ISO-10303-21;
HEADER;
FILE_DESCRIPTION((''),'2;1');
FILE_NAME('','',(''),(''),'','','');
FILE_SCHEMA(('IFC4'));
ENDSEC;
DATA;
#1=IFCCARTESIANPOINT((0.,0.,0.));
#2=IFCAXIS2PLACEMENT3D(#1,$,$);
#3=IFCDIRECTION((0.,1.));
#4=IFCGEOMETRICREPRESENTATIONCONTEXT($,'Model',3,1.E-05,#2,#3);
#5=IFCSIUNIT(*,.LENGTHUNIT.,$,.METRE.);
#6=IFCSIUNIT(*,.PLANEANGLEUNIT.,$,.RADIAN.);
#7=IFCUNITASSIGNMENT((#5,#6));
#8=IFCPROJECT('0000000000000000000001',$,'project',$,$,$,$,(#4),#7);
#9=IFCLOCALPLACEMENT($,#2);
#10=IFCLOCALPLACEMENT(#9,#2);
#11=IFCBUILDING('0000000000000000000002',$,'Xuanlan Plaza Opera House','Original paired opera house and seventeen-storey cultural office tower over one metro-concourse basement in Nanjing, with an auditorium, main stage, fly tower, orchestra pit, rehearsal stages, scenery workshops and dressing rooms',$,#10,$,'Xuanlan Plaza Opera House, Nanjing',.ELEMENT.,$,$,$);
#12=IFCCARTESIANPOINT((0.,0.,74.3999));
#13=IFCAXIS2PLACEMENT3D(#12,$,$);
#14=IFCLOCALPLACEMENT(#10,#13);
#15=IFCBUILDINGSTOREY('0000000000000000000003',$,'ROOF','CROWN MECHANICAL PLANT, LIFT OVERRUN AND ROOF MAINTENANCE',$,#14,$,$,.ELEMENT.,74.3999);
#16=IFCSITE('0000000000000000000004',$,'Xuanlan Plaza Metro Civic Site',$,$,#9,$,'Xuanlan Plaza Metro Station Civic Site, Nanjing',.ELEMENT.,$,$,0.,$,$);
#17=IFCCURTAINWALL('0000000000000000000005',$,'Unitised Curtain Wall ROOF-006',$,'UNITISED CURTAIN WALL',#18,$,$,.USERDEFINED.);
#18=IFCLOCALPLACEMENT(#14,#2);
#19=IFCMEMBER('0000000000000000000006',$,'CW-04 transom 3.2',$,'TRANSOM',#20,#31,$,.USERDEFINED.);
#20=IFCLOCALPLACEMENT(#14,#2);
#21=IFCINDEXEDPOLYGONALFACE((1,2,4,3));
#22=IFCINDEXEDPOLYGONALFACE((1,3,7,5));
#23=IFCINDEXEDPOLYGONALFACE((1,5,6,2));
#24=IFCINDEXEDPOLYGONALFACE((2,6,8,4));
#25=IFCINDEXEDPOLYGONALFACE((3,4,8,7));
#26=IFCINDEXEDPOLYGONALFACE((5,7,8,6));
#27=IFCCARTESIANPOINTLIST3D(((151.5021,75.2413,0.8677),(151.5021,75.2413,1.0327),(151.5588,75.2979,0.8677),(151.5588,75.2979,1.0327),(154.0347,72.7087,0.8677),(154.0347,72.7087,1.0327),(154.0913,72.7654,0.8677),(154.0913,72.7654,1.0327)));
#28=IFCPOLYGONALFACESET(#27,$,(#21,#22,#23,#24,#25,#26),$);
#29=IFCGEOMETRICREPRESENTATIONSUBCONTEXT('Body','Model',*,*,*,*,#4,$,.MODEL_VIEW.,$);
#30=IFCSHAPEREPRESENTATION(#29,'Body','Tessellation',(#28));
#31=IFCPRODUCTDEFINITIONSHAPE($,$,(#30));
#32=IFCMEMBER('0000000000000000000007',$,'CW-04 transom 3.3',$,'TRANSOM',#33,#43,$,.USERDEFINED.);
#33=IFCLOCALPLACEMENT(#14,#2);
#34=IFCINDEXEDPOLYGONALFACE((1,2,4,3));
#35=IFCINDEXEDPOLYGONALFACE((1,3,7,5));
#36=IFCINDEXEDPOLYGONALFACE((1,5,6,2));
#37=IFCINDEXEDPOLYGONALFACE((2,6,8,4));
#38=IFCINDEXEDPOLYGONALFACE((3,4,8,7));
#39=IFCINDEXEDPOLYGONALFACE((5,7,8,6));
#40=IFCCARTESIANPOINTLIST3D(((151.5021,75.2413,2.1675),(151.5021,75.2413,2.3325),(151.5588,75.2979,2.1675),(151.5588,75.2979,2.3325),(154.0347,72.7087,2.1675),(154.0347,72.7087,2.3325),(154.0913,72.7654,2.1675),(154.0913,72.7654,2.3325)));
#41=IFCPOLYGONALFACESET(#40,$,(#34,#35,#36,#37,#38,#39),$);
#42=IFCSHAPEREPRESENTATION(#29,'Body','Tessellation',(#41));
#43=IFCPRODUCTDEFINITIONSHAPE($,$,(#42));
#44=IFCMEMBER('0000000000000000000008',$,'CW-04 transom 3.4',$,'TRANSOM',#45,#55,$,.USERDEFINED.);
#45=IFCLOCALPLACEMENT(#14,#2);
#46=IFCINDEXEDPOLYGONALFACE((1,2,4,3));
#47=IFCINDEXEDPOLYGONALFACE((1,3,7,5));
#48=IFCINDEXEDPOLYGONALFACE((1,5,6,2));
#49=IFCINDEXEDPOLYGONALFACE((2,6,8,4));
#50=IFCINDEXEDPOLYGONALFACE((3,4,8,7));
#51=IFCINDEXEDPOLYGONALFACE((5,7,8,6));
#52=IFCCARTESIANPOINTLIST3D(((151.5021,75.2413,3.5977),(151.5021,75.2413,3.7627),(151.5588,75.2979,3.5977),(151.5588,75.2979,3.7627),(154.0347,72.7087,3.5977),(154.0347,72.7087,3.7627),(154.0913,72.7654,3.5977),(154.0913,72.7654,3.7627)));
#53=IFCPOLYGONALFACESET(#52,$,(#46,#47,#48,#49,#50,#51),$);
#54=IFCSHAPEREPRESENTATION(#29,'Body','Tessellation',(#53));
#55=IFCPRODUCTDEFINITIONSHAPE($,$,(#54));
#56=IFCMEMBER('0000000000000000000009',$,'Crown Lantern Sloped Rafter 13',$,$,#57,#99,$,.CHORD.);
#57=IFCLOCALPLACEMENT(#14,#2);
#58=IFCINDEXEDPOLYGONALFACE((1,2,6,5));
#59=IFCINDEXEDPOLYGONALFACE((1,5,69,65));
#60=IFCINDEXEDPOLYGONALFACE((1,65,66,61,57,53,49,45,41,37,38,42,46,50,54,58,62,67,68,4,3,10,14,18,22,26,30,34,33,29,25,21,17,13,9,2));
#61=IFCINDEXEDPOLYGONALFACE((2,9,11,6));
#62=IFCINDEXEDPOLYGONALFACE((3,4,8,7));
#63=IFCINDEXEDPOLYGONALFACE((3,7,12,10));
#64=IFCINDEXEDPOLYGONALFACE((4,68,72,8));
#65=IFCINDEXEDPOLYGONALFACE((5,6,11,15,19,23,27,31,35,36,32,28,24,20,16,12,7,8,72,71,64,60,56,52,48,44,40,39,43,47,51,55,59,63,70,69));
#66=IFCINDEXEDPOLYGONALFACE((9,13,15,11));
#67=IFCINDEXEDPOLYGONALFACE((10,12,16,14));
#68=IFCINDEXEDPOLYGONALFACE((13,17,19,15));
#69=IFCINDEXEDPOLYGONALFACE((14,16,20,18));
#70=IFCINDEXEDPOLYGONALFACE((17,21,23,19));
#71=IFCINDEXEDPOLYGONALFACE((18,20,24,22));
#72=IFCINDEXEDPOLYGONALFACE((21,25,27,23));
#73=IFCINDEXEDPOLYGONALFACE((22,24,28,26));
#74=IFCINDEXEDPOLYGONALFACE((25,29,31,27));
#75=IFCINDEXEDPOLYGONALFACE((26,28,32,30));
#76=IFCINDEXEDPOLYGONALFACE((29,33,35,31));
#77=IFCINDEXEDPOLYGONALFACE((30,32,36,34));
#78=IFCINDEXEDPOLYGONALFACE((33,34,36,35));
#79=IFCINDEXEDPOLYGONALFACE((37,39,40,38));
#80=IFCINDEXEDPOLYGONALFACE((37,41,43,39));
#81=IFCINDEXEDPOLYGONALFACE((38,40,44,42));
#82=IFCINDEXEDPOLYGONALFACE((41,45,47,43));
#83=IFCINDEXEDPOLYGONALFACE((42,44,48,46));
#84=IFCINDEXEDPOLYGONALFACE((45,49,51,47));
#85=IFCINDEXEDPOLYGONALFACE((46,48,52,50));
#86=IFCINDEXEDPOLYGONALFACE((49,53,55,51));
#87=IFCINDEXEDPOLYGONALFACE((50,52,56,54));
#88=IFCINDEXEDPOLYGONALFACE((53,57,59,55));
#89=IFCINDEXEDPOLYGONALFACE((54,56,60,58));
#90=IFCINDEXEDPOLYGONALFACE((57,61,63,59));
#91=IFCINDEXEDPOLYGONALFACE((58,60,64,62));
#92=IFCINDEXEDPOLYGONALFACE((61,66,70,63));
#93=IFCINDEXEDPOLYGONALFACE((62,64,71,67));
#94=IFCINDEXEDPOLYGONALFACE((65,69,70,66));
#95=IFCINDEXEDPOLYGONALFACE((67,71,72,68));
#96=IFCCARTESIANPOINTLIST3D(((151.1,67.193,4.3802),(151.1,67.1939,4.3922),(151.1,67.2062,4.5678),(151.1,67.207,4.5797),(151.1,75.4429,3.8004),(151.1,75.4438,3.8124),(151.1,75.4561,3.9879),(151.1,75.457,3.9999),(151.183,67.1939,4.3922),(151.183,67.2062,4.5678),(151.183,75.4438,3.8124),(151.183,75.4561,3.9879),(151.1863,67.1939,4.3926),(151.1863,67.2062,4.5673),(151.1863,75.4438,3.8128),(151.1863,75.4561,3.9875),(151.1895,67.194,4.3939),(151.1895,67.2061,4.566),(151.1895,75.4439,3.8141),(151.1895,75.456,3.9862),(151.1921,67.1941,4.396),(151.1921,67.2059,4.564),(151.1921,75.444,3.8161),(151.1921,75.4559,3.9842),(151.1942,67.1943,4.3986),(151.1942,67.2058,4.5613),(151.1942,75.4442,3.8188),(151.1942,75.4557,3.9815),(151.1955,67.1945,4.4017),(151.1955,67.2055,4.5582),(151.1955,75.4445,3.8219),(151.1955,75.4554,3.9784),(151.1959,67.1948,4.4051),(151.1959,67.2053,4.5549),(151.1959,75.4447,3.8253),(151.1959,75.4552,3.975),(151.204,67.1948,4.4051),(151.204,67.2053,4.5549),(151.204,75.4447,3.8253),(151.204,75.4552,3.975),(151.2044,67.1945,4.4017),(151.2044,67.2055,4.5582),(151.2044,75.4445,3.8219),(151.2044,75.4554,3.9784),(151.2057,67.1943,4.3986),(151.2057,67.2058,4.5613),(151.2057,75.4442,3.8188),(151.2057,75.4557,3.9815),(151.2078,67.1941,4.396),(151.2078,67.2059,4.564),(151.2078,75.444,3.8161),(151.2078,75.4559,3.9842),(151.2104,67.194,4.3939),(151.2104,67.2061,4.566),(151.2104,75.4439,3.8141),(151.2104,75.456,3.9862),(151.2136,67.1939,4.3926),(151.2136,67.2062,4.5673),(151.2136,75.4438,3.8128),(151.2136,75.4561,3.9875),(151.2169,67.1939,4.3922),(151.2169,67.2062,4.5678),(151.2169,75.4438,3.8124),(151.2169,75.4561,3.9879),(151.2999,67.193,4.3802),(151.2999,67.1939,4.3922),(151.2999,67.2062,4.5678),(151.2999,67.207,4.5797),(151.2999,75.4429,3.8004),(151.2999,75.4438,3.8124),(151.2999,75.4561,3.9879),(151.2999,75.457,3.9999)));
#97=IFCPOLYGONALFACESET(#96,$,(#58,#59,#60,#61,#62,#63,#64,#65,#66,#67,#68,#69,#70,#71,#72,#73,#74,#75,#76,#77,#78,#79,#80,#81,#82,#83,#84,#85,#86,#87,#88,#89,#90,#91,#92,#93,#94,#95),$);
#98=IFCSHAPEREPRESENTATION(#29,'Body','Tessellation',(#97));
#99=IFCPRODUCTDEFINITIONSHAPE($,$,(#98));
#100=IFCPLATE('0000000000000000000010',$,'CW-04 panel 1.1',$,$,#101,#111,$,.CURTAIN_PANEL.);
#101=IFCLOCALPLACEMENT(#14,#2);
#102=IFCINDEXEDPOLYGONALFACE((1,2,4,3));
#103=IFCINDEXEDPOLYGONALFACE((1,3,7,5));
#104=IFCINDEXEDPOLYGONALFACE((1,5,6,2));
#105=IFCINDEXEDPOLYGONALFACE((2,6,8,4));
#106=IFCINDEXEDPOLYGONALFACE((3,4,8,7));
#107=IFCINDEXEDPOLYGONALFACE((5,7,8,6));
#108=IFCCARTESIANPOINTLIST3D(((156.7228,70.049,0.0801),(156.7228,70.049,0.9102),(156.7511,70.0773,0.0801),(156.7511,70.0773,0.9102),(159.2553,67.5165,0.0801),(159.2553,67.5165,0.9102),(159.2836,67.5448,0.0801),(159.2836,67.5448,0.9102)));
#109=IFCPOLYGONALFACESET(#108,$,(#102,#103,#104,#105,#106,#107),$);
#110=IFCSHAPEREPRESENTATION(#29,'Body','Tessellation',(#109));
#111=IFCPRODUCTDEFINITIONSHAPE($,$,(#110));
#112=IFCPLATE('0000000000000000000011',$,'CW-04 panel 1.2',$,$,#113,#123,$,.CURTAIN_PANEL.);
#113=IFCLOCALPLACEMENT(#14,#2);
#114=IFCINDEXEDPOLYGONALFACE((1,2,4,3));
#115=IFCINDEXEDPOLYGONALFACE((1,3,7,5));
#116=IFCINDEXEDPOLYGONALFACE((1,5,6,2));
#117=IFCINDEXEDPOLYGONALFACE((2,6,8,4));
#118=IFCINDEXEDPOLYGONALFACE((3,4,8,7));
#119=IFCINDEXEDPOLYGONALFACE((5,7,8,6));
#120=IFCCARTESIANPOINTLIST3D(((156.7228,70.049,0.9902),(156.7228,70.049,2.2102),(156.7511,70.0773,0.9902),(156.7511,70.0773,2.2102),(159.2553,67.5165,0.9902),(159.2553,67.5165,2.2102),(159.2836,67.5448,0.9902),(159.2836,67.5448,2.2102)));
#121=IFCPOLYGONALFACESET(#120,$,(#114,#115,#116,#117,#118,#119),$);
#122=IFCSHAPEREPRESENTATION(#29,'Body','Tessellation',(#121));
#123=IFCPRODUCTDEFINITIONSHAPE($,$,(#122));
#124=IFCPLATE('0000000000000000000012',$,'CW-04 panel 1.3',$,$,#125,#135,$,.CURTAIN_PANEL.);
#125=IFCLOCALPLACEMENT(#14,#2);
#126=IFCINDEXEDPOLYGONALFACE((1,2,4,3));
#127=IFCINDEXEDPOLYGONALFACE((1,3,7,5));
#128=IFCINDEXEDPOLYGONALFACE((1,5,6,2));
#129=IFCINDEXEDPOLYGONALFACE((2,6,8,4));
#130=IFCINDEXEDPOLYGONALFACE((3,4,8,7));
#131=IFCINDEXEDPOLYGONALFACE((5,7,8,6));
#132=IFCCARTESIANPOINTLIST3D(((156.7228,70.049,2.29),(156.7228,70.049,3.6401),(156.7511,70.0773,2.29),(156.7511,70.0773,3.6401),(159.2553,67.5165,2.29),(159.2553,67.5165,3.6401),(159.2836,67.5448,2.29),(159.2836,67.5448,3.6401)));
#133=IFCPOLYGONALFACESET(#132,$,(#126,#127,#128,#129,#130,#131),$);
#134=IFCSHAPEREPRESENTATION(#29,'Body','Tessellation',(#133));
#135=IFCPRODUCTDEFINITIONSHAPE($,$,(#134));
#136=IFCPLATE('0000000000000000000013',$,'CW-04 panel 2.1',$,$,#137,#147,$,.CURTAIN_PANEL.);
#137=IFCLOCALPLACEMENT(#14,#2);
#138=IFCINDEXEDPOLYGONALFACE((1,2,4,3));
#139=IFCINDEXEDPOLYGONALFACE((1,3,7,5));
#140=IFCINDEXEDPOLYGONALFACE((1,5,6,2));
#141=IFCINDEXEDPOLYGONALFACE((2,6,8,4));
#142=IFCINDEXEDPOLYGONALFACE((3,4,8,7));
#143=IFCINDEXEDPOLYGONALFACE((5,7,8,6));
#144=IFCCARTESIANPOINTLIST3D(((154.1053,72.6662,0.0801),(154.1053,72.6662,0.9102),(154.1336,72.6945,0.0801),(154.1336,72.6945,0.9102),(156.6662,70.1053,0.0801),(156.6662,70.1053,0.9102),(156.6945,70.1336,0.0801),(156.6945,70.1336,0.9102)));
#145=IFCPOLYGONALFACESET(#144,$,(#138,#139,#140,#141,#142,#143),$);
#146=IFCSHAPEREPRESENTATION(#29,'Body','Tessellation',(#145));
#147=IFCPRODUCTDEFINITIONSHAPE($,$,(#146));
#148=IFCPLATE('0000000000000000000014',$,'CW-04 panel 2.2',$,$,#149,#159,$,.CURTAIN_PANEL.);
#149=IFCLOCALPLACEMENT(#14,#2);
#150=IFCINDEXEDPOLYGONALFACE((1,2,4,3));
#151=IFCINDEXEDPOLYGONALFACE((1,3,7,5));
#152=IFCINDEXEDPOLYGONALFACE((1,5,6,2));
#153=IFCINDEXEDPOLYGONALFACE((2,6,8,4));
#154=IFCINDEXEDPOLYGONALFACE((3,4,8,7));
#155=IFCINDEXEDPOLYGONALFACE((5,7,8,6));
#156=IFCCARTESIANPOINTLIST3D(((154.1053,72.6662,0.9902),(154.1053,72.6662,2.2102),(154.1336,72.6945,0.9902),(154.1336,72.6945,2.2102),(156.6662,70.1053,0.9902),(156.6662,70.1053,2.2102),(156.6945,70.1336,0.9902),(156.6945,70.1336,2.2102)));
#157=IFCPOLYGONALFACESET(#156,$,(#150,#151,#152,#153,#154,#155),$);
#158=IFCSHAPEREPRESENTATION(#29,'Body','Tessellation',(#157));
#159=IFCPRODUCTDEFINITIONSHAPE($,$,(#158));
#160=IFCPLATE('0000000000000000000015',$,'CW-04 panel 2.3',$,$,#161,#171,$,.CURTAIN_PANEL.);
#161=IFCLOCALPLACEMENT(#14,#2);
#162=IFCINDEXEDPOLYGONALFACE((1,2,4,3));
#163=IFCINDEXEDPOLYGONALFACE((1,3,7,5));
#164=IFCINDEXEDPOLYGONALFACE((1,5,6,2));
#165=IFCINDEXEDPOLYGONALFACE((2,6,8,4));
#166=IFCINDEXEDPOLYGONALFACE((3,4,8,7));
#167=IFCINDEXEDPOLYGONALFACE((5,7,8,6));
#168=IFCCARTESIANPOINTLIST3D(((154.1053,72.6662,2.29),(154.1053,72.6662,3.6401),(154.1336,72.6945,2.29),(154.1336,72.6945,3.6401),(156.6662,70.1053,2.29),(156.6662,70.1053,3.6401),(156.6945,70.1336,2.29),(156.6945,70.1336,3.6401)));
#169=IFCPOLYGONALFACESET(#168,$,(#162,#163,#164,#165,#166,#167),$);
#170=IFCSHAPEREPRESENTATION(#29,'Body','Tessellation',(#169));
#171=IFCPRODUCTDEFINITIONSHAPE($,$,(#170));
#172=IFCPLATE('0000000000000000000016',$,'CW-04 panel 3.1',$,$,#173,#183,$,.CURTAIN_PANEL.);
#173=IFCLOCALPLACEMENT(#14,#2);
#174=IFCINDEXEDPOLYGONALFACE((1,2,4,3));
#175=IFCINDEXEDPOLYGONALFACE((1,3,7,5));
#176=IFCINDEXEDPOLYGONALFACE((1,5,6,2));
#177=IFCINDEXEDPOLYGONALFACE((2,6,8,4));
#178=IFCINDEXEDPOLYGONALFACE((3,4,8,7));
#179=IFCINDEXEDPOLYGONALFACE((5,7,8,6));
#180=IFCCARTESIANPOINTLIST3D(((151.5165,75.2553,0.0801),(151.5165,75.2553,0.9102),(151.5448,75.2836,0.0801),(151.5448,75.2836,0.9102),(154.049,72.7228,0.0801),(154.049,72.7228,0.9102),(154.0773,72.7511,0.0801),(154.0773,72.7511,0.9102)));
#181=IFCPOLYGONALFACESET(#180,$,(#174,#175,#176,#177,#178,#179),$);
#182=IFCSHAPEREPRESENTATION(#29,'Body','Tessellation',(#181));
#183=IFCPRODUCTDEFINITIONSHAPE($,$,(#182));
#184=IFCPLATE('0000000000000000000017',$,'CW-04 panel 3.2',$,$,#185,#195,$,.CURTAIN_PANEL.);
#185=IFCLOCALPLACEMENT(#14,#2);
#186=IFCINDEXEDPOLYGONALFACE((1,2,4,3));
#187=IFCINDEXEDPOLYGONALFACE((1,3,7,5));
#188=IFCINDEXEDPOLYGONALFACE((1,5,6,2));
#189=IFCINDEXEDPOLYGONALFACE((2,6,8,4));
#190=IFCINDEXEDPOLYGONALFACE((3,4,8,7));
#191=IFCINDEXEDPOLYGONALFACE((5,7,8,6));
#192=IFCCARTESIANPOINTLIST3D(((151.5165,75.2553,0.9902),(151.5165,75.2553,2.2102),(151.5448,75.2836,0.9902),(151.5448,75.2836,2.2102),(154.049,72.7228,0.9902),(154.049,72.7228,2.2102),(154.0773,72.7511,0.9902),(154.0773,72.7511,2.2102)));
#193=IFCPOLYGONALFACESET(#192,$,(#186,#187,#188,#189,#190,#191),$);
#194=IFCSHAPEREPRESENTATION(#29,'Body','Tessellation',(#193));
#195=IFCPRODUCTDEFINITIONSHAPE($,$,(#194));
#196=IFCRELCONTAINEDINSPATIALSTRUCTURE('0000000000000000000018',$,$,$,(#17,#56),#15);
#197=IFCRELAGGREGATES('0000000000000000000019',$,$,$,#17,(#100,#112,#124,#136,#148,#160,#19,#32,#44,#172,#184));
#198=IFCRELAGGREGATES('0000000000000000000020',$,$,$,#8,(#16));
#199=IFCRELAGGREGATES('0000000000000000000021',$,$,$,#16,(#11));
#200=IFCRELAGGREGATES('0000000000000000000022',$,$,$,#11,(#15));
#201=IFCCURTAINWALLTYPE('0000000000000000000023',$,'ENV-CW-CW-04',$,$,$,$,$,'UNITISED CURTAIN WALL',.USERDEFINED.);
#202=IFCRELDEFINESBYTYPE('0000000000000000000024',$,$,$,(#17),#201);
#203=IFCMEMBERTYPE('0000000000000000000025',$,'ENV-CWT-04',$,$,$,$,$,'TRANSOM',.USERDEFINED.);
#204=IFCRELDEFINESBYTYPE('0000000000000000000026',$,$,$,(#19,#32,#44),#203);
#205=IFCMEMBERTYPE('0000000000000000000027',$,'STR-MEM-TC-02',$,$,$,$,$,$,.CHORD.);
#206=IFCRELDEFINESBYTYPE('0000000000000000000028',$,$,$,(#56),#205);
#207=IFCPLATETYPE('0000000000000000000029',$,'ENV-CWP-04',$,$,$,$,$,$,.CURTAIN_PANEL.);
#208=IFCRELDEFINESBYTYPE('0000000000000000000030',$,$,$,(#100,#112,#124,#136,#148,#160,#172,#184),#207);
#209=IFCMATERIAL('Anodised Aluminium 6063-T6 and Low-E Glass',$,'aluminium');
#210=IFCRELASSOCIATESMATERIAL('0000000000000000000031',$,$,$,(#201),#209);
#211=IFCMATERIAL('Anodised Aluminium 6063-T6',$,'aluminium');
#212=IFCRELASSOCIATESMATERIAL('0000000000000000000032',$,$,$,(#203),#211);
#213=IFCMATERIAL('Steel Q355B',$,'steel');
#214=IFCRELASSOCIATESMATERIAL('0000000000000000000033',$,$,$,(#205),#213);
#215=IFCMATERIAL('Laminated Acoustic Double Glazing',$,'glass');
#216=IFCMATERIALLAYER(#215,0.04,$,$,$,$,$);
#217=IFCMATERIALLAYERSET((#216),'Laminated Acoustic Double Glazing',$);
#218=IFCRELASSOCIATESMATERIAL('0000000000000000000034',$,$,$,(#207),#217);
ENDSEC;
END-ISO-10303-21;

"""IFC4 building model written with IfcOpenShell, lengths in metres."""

from ifc_helpers import new_model, si_unit, direction, frame, origin, origin_2d, place, context, subcontext, project, spatial, rectangle, i_section, extrude, material, layer, layer_set, material_profile, profile_set, type_object, element, aggregate, save


model = new_model("IFC4")

# Units and contexts
model_context = context("Model", 3, precision=1e-05, world=origin(), true_north=direction((0.0, 1.0)))
body_context = subcontext(model_context, "Body", "Model", "MODEL_VIEW")
ifc_project = project(units=[si_unit("LENGTHUNIT", "METRE"), si_unit("PLANEANGLEUNIT", "RADIAN")], contexts=[model_context])

# Site, building, storey
site_placement = place(None, origin())
site = spatial("IfcSite", under=ifc_project, at=site_placement, Name="Xuanlan Plaza Metro Civic Site", LongName="Xuanlan Plaza Metro Station Civic Site, Nanjing", CompositionType="ELEMENT", RefElevation=0.0)
building_placement = place(site_placement, origin())
building = spatial("IfcBuilding", under=site, at=building_placement, Name="Xuanlan Plaza Opera House", Description="Original paired opera house and seventeen-storey cultural office tower over one metro-concourse basement in Nanjing, with an auditorium, main stage, fly tower, orchestra pit, rehearsal stages, scenery workshops and dressing rooms", LongName="Xuanlan Plaza Opera House, Nanjing", CompositionType="ELEMENT")
storey_placement = place(building_placement, frame((0.0, 0.0, 74.3999)))
storey = spatial("IfcBuildingStorey", under=building, at=storey_placement, Name="ROOF", Description="CROWN MECHANICAL PLANT, LIFT OVERRUN AND ROOF MAINTENANCE", CompositionType="ELEMENT", Elevation=74.3999)

# Shared definitions
ifc_material_1 = material(Name="Steel Q355B", Category="steel")

# Curtain wall, members
ifc_material_2 = material(Name="Anodised Aluminium 6063-T6 and Low-E Glass", Category="aluminium")
curtain_wall_type = type_object("IfcCurtainWallType", Name="ENV-CW-CW-04", ElementType="UNITISED CURTAIN WALL", PredefinedType="USERDEFINED", material=ifc_material_2)
curtain_wall_placement = place(storey_placement, origin())
curtain_wall = element("IfcCurtainWall", 1, at=curtain_wall_placement, inside=storey, type_object=curtain_wall_type, Name="Unitised Curtain Wall ROOF-006", ObjectType="UNITISED CURTAIN WALL", PredefinedType="USERDEFINED")
ifc_material_3 = material(Name="Anodised Aluminium 6063-T6", Category="aluminium")
ifc_material_profile_1 = material_profile(ifc_material_3, rectangle(XDim=0.0801, YDim=0.165, at=origin_2d()), Name="ALU-T 80x165")
ifc_profile_set_1 = profile_set([ifc_material_profile_1], Name="Anodised Aluminium 6063-T6")
member_type_1 = type_object("IfcMemberType", Name="ENV-CWT-04", ElementType="TRANSOM", PredefinedType="USERDEFINED", material=ifc_profile_set_1)
member_1_placement = place(storey_placement, frame((154.063, 72.7371, 0.9502), z_axis=(-0.707107, 0.707107, 0.0), x_axis=(-0.707107, -0.707107, 0.0)))
member_1 = element("IfcMember", 2, at=member_1_placement, type_object=member_type_1, Name="CW-04 transom 3.2", ObjectType="TRANSOM", PredefinedType="USERDEFINED", context=body_context, shape_type="SweptSolid", body=[
    extrude(rectangle(XDim=0.0801, YDim=0.165, at=origin_2d()), origin(), (0.0, 0.0, 1.0), 3.5815),
])
member_2_placement = place(storey_placement, frame((154.063, 72.7371, 2.25), z_axis=(-0.707107, 0.707107, 0.0), x_axis=(-0.707107, -0.707107, 0.0)))
member_2 = element("IfcMember", 3, at=member_2_placement, type_object=member_type_1, Name="CW-04 transom 3.3", ObjectType="TRANSOM", PredefinedType="USERDEFINED", context=body_context, shape_type="SweptSolid", body=[
    extrude(rectangle(XDim=0.0801, YDim=0.165, at=origin_2d()), origin(), (0.0, 0.0, 1.0), 3.5815),
])
member_3_placement = place(storey_placement, frame((154.063, 72.7371, 3.6802), z_axis=(-0.707107, 0.707107, 0.0), x_axis=(-0.707107, -0.707107, 0.0)))
member_3 = element("IfcMember", 4, at=member_3_placement, type_object=member_type_1, Name="CW-04 transom 3.4", ObjectType="TRANSOM", PredefinedType="USERDEFINED", context=body_context, shape_type="SweptSolid", body=[
    extrude(rectangle(XDim=0.0801, YDim=0.165, at=origin_2d()), origin(), (0.0, 0.0, 1.0), 3.5815),
])

# Member
ifc_material_profile_2 = material_profile(ifc_material_1, i_section(OverallWidth=0.2, OverallDepth=0.2, WebThickness=0.0081, FlangeThickness=0.012, FilletRadius=0.0129, at=origin_2d()), Name="HW 200x200x8x12")
ifc_profile_set_2 = profile_set([ifc_material_profile_2], Name="Steel Q355B")
member_type_2 = type_object("IfcMemberType", Name="STR-MEM-TC-02", PredefinedType="CHORD", material=ifc_profile_set_2)
member_4_placement = place(storey_placement, frame((151.2, 75.45, 3.9001), z_axis=(0.0, -0.997539, 0.07011), x_axis=(1.0, 0.0, 0.0)))
element("IfcMember", 5, at=member_4_placement, inside=storey, type_object=member_type_2, Name="Crown Lantern Sloped Rafter 13", PredefinedType="CHORD", context=body_context, shape_type="SweptSolid", body=[
    extrude(i_section(OverallWidth=0.2, OverallDepth=0.2, WebThickness=0.0081, FlangeThickness=0.012, FilletRadius=0.0129, at=origin_2d()), origin(), (0.0, 0.0, 1.0), 8.2703),
])

# Plates
ifc_material_4 = material(Name="Laminated Acoustic Double Glazing", Category="glass")
ifc_layer_1 = layer(ifc_material_4, 0.04)
ifc_layer_set_1 = layer_set([ifc_layer_1], Name="Laminated Acoustic Double Glazing")
plate_type = type_object("IfcPlateType", Name="ENV-CWP-04", PredefinedType="CURTAIN_PANEL", material=ifc_layer_set_1)
plate_1_placement = place(storey_placement, frame((158.0032, 68.7969, 0.0801), z_axis=(0.0, 0.0, 1.0), x_axis=(-0.707107, 0.707107, 0.0)))
plate_1 = element("IfcPlate", 6, at=plate_1_placement, type_object=plate_type, Name="CW-04 panel 1.1", PredefinedType="CURTAIN_PANEL", context=body_context, shape_type="SweptSolid", body=[
    extrude(rectangle(XDim=3.5815, YDim=0.04, at=origin_2d()), origin(), (0.0, 0.0, 1.0), 0.8301),
])
plate_2_placement = place(storey_placement, frame((158.0032, 68.7969, 0.9902), z_axis=(0.0, 0.0, 1.0), x_axis=(-0.707107, 0.707107, 0.0)))
plate_2 = element("IfcPlate", 7, at=plate_2_placement, type_object=plate_type, Name="CW-04 panel 1.2", PredefinedType="CURTAIN_PANEL", context=body_context, shape_type="SweptSolid", body=[
    extrude(rectangle(XDim=3.5815, YDim=0.04, at=origin_2d()), origin(), (0.0, 0.0, 1.0), 1.22),
])
plate_3_placement = place(storey_placement, frame((158.0032, 68.7969, 2.29), z_axis=(0.0, 0.0, 1.0), x_axis=(-0.707107, 0.707107, 0.0)))
plate_3 = element("IfcPlate", 8, at=plate_3_placement, type_object=plate_type, Name="CW-04 panel 1.3", PredefinedType="CURTAIN_PANEL", context=body_context, shape_type="SweptSolid", body=[
    extrude(rectangle(XDim=3.5815, YDim=0.04, at=origin_2d()), origin(), (0.0, 0.0, 1.0), 1.3501),
])
plate_4_placement = place(storey_placement, frame((155.3999, 71.3999, 0.0801), z_axis=(0.0, 0.0, 1.0), x_axis=(-0.707107, 0.707107, 0.0)))
plate_4 = element("IfcPlate", 9, at=plate_4_placement, type_object=plate_type, Name="CW-04 panel 2.1", PredefinedType="CURTAIN_PANEL", context=body_context, shape_type="SweptSolid", body=[
    extrude(rectangle(XDim=3.6216, YDim=0.04, at=origin_2d()), origin(), (0.0, 0.0, 1.0), 0.8301),
])
plate_5_placement = place(storey_placement, frame((155.3999, 71.3999, 0.9902), z_axis=(0.0, 0.0, 1.0), x_axis=(-0.707107, 0.707107, 0.0)))
plate_5 = element("IfcPlate", 10, at=plate_5_placement, type_object=plate_type, Name="CW-04 panel 2.2", PredefinedType="CURTAIN_PANEL", context=body_context, shape_type="SweptSolid", body=[
    extrude(rectangle(XDim=3.6216, YDim=0.04, at=origin_2d()), origin(), (0.0, 0.0, 1.0), 1.22),
])
plate_6_placement = place(storey_placement, frame((155.3999, 71.3999, 2.29), z_axis=(0.0, 0.0, 1.0), x_axis=(-0.707107, 0.707107, 0.0)))
plate_6 = element("IfcPlate", 11, at=plate_6_placement, type_object=plate_type, Name="CW-04 panel 2.3", PredefinedType="CURTAIN_PANEL", context=body_context, shape_type="SweptSolid", body=[
    extrude(rectangle(XDim=3.6216, YDim=0.04, at=origin_2d()), origin(), (0.0, 0.0, 1.0), 1.3501),
])
plate_7_placement = place(storey_placement, frame((152.7969, 74.0032, 0.0801), z_axis=(0.0, 0.0, 1.0), x_axis=(-0.707107, 0.707107, 0.0)))
plate_7 = element("IfcPlate", 12, at=plate_7_placement, type_object=plate_type, Name="CW-04 panel 3.1", PredefinedType="CURTAIN_PANEL", context=body_context, shape_type="SweptSolid", body=[
    extrude(rectangle(XDim=3.5815, YDim=0.04, at=origin_2d()), origin(), (0.0, 0.0, 1.0), 0.8301),
])
plate_8_placement = place(storey_placement, frame((152.7969, 74.0032, 0.9902), z_axis=(0.0, 0.0, 1.0), x_axis=(-0.707107, 0.707107, 0.0)))
plate_8 = element("IfcPlate", 13, at=plate_8_placement, type_object=plate_type, Name="CW-04 panel 3.2", PredefinedType="CURTAIN_PANEL", context=body_context, shape_type="SweptSolid", body=[
    extrude(rectangle(XDim=3.5815, YDim=0.04, at=origin_2d()), origin(), (0.0, 0.0, 1.0), 1.22),
])
aggregate(curtain_wall, [plate_1, plate_2, plate_3, plate_4, plate_5, plate_6, member_1, member_2, member_3, plate_7, plate_8])

save(model, "model.ifc")
